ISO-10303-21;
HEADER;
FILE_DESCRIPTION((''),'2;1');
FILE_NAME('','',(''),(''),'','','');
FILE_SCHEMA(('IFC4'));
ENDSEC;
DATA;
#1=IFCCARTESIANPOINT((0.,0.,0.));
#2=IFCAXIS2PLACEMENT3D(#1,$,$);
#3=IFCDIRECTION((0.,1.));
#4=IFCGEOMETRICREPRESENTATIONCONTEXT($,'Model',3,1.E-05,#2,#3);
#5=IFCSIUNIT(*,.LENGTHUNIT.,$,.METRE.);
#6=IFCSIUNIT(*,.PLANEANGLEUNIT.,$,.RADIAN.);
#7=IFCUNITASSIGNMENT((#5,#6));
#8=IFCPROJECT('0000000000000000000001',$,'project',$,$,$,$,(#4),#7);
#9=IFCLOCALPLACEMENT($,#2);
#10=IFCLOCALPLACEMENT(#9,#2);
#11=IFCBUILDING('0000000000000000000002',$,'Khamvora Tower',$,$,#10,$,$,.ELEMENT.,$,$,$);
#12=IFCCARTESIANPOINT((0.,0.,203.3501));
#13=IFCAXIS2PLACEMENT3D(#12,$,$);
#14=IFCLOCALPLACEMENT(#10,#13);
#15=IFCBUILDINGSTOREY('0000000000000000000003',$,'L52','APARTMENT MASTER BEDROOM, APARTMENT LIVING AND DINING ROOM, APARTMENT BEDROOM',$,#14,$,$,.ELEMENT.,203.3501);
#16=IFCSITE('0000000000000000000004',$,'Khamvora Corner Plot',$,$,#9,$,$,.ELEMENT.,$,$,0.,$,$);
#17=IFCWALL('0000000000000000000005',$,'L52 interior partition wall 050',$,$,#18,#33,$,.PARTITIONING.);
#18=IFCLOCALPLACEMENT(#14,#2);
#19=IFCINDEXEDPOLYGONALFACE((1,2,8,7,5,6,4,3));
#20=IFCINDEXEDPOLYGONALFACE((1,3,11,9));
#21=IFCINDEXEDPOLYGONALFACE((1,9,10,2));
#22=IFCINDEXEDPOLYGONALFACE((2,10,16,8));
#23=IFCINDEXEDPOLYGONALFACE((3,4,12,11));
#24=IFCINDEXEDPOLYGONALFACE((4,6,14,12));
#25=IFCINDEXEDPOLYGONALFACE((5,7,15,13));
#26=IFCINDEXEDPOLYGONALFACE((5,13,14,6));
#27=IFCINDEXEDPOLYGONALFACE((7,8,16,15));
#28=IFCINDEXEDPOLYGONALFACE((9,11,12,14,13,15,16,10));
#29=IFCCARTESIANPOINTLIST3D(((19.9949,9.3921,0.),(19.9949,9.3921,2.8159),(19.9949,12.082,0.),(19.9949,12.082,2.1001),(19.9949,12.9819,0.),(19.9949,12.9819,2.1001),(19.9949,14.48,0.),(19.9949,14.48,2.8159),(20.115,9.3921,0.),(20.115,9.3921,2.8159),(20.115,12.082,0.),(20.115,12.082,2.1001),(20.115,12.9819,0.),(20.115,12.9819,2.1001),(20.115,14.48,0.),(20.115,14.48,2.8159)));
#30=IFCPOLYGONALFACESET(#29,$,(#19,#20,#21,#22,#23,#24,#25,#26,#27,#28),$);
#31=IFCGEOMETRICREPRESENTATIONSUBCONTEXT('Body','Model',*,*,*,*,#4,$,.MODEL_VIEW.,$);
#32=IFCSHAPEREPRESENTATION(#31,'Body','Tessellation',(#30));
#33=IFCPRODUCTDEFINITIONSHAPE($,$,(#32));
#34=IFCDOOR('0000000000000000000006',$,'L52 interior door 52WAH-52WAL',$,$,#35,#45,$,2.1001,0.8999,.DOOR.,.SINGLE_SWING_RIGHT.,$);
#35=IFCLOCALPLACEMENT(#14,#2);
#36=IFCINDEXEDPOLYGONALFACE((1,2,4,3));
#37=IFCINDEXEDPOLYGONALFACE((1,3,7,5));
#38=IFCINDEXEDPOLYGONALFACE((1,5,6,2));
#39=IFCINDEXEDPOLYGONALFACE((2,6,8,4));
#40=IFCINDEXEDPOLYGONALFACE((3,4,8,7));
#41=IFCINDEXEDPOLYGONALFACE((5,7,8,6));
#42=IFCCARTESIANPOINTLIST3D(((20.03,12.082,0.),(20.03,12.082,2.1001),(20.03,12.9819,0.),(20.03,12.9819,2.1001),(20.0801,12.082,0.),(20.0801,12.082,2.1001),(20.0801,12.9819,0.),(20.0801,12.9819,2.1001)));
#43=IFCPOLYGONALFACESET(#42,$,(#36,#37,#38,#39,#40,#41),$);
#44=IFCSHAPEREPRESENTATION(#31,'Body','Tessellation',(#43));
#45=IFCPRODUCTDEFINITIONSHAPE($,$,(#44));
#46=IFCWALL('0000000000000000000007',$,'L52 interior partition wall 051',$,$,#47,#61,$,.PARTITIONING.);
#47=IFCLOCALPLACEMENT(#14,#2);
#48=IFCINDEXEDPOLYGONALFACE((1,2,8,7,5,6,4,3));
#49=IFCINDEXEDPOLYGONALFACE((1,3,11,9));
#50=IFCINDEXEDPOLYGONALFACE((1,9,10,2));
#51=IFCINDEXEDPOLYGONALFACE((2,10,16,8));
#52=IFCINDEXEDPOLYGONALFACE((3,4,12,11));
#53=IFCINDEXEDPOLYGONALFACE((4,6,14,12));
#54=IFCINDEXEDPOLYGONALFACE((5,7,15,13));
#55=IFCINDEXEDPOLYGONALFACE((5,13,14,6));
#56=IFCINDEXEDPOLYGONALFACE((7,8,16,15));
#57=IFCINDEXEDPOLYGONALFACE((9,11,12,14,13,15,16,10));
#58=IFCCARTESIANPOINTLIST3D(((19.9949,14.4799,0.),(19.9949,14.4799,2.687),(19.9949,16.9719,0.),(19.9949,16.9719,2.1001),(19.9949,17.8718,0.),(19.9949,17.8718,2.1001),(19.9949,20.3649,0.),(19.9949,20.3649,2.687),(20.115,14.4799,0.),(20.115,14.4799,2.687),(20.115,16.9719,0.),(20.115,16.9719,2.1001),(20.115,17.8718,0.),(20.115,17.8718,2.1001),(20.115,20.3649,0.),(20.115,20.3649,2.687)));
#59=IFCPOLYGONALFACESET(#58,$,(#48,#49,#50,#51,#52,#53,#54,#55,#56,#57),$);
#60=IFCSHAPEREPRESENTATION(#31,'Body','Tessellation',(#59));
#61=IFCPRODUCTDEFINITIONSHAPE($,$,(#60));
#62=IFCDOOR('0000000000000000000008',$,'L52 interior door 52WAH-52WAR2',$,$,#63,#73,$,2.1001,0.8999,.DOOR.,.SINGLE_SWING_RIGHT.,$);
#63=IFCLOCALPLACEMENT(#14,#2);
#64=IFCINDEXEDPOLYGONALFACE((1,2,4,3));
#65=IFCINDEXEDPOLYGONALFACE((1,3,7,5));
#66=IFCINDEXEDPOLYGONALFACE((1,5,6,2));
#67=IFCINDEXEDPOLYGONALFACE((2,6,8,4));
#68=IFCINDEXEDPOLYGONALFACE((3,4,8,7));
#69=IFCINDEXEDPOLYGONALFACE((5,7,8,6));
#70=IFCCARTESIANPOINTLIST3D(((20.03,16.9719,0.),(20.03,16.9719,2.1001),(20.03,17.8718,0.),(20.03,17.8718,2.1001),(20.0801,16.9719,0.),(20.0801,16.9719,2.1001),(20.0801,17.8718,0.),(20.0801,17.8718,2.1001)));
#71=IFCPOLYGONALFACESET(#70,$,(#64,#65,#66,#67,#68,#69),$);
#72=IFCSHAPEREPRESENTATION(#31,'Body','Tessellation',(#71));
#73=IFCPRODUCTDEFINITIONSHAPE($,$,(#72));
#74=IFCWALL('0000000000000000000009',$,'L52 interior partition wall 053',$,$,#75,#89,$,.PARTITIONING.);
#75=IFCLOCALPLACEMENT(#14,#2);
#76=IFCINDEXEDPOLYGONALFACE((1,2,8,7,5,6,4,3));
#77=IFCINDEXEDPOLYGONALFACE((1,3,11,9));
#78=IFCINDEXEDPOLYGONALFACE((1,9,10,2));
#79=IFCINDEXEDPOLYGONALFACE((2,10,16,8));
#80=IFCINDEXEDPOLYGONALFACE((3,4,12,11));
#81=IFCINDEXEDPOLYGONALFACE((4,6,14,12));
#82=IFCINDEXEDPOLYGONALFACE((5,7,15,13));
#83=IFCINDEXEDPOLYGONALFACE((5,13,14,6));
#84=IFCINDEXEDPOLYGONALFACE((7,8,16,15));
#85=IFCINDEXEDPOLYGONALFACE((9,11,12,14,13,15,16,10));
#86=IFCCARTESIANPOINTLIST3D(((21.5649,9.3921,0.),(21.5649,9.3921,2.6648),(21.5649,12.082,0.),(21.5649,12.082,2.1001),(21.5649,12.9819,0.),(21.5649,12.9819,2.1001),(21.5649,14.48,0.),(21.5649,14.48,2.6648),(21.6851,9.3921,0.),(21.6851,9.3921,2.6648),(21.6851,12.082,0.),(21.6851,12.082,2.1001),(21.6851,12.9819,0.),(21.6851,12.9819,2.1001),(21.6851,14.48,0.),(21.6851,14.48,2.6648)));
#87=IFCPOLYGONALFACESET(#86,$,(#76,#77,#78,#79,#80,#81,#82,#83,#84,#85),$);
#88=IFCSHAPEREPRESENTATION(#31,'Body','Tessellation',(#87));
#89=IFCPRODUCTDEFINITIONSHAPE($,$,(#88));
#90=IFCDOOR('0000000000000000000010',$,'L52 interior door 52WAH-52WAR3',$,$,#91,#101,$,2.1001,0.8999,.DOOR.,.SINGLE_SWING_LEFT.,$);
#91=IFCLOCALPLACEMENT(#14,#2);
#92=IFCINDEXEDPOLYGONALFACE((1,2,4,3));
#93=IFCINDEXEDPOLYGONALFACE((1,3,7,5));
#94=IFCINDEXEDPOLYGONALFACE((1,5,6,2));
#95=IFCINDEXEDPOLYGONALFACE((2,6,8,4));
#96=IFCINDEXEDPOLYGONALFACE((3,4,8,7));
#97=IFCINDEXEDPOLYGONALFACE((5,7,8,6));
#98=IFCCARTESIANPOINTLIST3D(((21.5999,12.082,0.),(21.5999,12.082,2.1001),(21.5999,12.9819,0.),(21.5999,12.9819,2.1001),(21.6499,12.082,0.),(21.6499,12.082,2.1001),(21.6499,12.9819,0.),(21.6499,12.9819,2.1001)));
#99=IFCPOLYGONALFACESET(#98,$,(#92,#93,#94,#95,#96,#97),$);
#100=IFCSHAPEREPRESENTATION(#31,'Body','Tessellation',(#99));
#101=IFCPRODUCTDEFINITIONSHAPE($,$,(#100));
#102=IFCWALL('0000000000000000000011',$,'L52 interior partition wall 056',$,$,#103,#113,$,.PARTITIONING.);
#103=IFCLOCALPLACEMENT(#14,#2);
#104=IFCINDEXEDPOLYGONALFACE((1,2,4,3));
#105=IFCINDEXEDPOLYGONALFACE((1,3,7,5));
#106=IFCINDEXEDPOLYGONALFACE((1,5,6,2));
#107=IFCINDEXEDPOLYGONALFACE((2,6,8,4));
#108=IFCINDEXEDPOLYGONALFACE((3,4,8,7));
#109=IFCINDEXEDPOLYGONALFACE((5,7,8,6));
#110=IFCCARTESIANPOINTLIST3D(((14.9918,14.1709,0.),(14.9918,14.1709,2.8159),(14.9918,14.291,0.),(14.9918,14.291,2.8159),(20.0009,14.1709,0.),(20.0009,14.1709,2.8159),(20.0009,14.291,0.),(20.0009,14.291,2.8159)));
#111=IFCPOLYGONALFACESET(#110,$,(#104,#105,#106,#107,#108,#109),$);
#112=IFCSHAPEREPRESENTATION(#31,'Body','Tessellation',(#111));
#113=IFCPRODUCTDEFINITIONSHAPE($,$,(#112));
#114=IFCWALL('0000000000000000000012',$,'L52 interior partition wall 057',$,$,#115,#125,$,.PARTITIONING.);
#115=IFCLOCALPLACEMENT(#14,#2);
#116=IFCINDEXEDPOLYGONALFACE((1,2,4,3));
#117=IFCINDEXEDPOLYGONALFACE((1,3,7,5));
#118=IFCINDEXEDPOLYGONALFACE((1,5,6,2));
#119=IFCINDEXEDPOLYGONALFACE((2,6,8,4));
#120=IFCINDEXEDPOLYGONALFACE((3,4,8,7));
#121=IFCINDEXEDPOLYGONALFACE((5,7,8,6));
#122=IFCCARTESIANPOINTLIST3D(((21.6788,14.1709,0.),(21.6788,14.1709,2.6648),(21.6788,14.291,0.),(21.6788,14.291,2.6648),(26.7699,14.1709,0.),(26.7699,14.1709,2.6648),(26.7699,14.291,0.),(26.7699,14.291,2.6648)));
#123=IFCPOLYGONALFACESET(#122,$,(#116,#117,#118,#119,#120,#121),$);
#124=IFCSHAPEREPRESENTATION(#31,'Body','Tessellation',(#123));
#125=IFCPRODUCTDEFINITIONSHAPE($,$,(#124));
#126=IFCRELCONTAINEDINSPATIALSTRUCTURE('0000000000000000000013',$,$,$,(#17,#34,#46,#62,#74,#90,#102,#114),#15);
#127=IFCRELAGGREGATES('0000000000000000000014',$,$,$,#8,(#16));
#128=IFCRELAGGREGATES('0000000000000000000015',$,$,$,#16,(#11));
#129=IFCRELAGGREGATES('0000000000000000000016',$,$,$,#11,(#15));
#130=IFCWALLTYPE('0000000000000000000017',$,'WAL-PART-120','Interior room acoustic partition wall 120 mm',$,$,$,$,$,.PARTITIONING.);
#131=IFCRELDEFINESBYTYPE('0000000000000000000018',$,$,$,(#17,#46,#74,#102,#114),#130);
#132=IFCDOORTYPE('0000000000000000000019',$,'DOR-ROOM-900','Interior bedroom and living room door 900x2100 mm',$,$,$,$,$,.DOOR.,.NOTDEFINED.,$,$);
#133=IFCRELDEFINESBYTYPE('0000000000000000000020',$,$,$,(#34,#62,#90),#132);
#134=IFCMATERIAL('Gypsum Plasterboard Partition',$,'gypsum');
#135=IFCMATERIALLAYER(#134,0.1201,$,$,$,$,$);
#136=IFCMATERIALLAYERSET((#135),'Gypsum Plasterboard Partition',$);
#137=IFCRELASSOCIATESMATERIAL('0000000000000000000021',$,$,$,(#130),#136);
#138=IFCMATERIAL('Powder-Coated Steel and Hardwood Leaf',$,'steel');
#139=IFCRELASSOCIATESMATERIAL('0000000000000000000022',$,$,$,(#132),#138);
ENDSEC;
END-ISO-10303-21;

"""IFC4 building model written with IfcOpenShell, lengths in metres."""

from ifc_helpers import new_model, si_unit, direction, frame, frame_2d, origin, place, context, subcontext, project, spatial, rectangle, extrude, material, layer, layer_set, type_object, element, fill, save


model = new_model("IFC4")

# Units and contexts
model_context = context("Model", 3, precision=1e-05, world=origin(), true_north=direction((0.0, 1.0)))
body_context = subcontext(model_context, "Body", "Model", "MODEL_VIEW")
ifc_project = project(units=[si_unit("LENGTHUNIT", "METRE"), si_unit("PLANEANGLEUNIT", "RADIAN")], contexts=[model_context])

# Site, building, storey
site_placement = place(None, origin())
site = spatial("IfcSite", under=ifc_project, at=site_placement, Name="Khamvora Corner Plot", CompositionType="ELEMENT", RefElevation=0.0)
building_placement = place(site_placement, origin())
building = spatial("IfcBuilding", under=site, at=building_placement, Name="Khamvora Tower", CompositionType="ELEMENT")
storey_placement = place(building_placement, frame((0.0, 0.0, 203.3501)))
storey = spatial("IfcBuildingStorey", under=building, at=storey_placement, Name="L52", Description="APARTMENT MASTER BEDROOM, APARTMENT LIVING AND DINING ROOM, APARTMENT BEDROOM", CompositionType="ELEMENT", Elevation=203.3501)

# Walls, openings, doors
ifc_material_1 = material(Name="Gypsum Plasterboard Partition", Category="gypsum")
ifc_layer_1 = layer(ifc_material_1, 0.1201)
ifc_layer_set_1 = layer_set([ifc_layer_1], Name="Gypsum Plasterboard Partition")
wall_type_1 = type_object("IfcWallType", Name="WAL-PART-120", Description="Interior room acoustic partition wall 120 mm", PredefinedType="PARTITIONING", material=ifc_layer_set_1)
wall_1_placement = place(storey_placement, frame((20.0549, 9.3921, 0.0), z_axis=(0.0, 0.0, 1.0), x_axis=(0.0, 1.0, 0.0)))
wall_1 = element("IfcWall", 1, at=wall_1_placement, inside=storey, type_object=wall_type_1, Name="L52 interior partition wall 050", PredefinedType="PARTITIONING", context=body_context, shape_type="SweptSolid", body=[
    extrude(rectangle(XDim=5.0879, YDim=0.1201, at=frame_2d((2.5439, 0.0))), origin(), (0.0, 0.0, 1.0), 2.8159),
])
opening_1_placement = place(wall_1_placement, frame((2.6899, 0.0, 0.0)))
opening_1 = element("IfcOpeningElement", 2, at=opening_1_placement, cuts=wall_1, PredefinedType="OPENING", context=body_context, shape_type="SweptSolid", body=[
    extrude(rectangle(XDim=0.8999, YDim=2.1001, at=frame_2d((0.45, 1.05))), frame((0.0, 0.0701, 0.0), z_axis=(0.0, -1.0, 0.0), x_axis=(1.0, 0.0, 0.0)), (0.0, 0.0, 1.0), 0.1401),
])
ifc_material_2 = material(Name="Powder-Coated Steel and Hardwood Leaf", Category="steel")
door_type_1 = type_object("IfcDoorType", Name="DOR-ROOM-900", Description="Interior bedroom and living room door 900x2100 mm", OperationType="NOTDEFINED", PredefinedType="DOOR", material=ifc_material_2)
door_1_placement = place(opening_1_placement, origin())
door_1 = element("IfcDoor", 3, at=door_1_placement, inside=storey, type_object=door_type_1, Name="L52 interior door 52WAH-52WAL", OperationType="SINGLE_SWING_RIGHT", OverallHeight=2.1001, OverallWidth=0.8999, PredefinedType="DOOR", context=body_context, shape_type="SweptSolid", body=[
    extrude(rectangle(XDim=0.8999, YDim=2.1001, at=frame_2d((0.45, 1.05))), frame((0.0, 0.0249, 0.0), z_axis=(0.0, -1.0, 0.0), x_axis=(1.0, 0.0, 0.0)), (0.0, 0.0, 1.0), 0.05),
])
fill(opening_1, door_1)
wall_2_placement = place(storey_placement, frame((20.0549, 14.48, 0.0), z_axis=(0.0, 0.0, 1.0), x_axis=(0.0, 1.0, 0.0)))
wall_2 = element("IfcWall", 4, at=wall_2_placement, inside=storey, type_object=wall_type_1, Name="L52 interior partition wall 051", PredefinedType="PARTITIONING", context=body_context, shape_type="SweptSolid", body=[
    extrude(rectangle(XDim=5.885, YDim=0.1201, at=frame_2d((2.9424, 0.0))), origin(), (0.0, 0.0, 1.0), 2.687),
])
opening_2_placement = place(wall_2_placement, frame((2.4919, 0.0, 0.0)))
opening_2 = element("IfcOpeningElement", 5, at=opening_2_placement, cuts=wall_2, PredefinedType="OPENING", context=body_context, shape_type="SweptSolid", body=[
    extrude(rectangle(XDim=0.8999, YDim=2.1001, at=frame_2d((0.45, 1.05))), frame((0.0, 0.0701, 0.0), z_axis=(0.0, -1.0, 0.0), x_axis=(1.0, 0.0, 0.0)), (0.0, 0.0, 1.0), 0.1401),
])
door_2_placement = place(opening_2_placement, origin())
door_2 = element("IfcDoor", 6, at=door_2_placement, inside=storey, type_object=door_type_1, Name="L52 interior door 52WAH-52WAR2", OperationType="SINGLE_SWING_RIGHT", OverallHeight=2.1001, OverallWidth=0.8999, PredefinedType="DOOR", context=body_context, shape_type="SweptSolid", body=[
    extrude(rectangle(XDim=0.8999, YDim=2.1001, at=frame_2d((0.45, 1.05))), frame((0.0, 0.0249, 0.0), z_axis=(0.0, -1.0, 0.0), x_axis=(1.0, 0.0, 0.0)), (0.0, 0.0, 1.0), 0.05),
])
fill(opening_2, door_2)
wall_3_placement = place(storey_placement, frame((21.625, 14.48, 0.0), z_axis=(0.0, 0.0, 1.0), x_axis=(0.0, -1.0, 0.0)))
wall_3 = element("IfcWall", 7, at=wall_3_placement, inside=storey, type_object=wall_type_1, Name="L52 interior partition wall 053", PredefinedType="PARTITIONING", context=body_context, shape_type="SweptSolid", body=[
    extrude(rectangle(XDim=5.0879, YDim=0.1201, at=frame_2d((2.5439, 0.0))), origin(), (0.0, 0.0, 1.0), 2.6648),
])
opening_3_placement = place(wall_3_placement, frame((1.498, 0.0, 0.0)))
opening_3 = element("IfcOpeningElement", 8, at=opening_3_placement, cuts=wall_3, PredefinedType="OPENING", context=body_context, shape_type="SweptSolid", body=[
    extrude(rectangle(XDim=0.8999, YDim=2.1001, at=frame_2d((0.45, 1.05))), frame((0.0, 0.0701, 0.0), z_axis=(0.0, -1.0, 0.0), x_axis=(1.0, 0.0, 0.0)), (0.0, 0.0, 1.0), 0.1401),
])
door_3_placement = place(opening_3_placement, origin())
door_3 = element("IfcDoor", 9, at=door_3_placement, inside=storey, type_object=door_type_1, Name="L52 interior door 52WAH-52WAR3", OperationType="SINGLE_SWING_LEFT", OverallHeight=2.1001, OverallWidth=0.8999, PredefinedType="DOOR", context=body_context, shape_type="SweptSolid", body=[
    extrude(rectangle(XDim=0.8999, YDim=2.1001, at=frame_2d((0.45, 1.05))), frame((0.0, 0.0249, 0.0), z_axis=(0.0, -1.0, 0.0), x_axis=(1.0, 0.0, 0.0)), (0.0, 0.0, 1.0), 0.05),
])
fill(opening_3, door_3)

# Walls
wall_4_placement = place(storey_placement, frame((14.9919, 14.231, 0.0), z_axis=(0.0, 0.0, 1.0), x_axis=(1.0, 0.0, 0.0)))
element("IfcWall", 10, at=wall_4_placement, inside=storey, type_object=wall_type_1, Name="L52 interior partition wall 056", PredefinedType="PARTITIONING", context=body_context, shape_type="SweptSolid", body=[
    extrude(rectangle(XDim=5.009, YDim=0.1201, at=frame_2d((2.5044, 0.0))), origin(), (0.0, 0.0, 1.0), 2.8159),
])
wall_5_placement = place(storey_placement, frame((21.679, 14.231, 0.0), z_axis=(0.0, 0.0, 1.0), x_axis=(1.0, 0.0, 0.0)))
element("IfcWall", 11, at=wall_5_placement, inside=storey, type_object=wall_type_1, Name="L52 interior partition wall 057", PredefinedType="PARTITIONING", context=body_context, shape_type="SweptSolid", body=[
    extrude(rectangle(XDim=5.0911, YDim=0.1201, at=frame_2d((2.5454, 0.0))), origin(), (0.0, 0.0, 1.0), 2.6648),
])

save(model, "model.ifc")
